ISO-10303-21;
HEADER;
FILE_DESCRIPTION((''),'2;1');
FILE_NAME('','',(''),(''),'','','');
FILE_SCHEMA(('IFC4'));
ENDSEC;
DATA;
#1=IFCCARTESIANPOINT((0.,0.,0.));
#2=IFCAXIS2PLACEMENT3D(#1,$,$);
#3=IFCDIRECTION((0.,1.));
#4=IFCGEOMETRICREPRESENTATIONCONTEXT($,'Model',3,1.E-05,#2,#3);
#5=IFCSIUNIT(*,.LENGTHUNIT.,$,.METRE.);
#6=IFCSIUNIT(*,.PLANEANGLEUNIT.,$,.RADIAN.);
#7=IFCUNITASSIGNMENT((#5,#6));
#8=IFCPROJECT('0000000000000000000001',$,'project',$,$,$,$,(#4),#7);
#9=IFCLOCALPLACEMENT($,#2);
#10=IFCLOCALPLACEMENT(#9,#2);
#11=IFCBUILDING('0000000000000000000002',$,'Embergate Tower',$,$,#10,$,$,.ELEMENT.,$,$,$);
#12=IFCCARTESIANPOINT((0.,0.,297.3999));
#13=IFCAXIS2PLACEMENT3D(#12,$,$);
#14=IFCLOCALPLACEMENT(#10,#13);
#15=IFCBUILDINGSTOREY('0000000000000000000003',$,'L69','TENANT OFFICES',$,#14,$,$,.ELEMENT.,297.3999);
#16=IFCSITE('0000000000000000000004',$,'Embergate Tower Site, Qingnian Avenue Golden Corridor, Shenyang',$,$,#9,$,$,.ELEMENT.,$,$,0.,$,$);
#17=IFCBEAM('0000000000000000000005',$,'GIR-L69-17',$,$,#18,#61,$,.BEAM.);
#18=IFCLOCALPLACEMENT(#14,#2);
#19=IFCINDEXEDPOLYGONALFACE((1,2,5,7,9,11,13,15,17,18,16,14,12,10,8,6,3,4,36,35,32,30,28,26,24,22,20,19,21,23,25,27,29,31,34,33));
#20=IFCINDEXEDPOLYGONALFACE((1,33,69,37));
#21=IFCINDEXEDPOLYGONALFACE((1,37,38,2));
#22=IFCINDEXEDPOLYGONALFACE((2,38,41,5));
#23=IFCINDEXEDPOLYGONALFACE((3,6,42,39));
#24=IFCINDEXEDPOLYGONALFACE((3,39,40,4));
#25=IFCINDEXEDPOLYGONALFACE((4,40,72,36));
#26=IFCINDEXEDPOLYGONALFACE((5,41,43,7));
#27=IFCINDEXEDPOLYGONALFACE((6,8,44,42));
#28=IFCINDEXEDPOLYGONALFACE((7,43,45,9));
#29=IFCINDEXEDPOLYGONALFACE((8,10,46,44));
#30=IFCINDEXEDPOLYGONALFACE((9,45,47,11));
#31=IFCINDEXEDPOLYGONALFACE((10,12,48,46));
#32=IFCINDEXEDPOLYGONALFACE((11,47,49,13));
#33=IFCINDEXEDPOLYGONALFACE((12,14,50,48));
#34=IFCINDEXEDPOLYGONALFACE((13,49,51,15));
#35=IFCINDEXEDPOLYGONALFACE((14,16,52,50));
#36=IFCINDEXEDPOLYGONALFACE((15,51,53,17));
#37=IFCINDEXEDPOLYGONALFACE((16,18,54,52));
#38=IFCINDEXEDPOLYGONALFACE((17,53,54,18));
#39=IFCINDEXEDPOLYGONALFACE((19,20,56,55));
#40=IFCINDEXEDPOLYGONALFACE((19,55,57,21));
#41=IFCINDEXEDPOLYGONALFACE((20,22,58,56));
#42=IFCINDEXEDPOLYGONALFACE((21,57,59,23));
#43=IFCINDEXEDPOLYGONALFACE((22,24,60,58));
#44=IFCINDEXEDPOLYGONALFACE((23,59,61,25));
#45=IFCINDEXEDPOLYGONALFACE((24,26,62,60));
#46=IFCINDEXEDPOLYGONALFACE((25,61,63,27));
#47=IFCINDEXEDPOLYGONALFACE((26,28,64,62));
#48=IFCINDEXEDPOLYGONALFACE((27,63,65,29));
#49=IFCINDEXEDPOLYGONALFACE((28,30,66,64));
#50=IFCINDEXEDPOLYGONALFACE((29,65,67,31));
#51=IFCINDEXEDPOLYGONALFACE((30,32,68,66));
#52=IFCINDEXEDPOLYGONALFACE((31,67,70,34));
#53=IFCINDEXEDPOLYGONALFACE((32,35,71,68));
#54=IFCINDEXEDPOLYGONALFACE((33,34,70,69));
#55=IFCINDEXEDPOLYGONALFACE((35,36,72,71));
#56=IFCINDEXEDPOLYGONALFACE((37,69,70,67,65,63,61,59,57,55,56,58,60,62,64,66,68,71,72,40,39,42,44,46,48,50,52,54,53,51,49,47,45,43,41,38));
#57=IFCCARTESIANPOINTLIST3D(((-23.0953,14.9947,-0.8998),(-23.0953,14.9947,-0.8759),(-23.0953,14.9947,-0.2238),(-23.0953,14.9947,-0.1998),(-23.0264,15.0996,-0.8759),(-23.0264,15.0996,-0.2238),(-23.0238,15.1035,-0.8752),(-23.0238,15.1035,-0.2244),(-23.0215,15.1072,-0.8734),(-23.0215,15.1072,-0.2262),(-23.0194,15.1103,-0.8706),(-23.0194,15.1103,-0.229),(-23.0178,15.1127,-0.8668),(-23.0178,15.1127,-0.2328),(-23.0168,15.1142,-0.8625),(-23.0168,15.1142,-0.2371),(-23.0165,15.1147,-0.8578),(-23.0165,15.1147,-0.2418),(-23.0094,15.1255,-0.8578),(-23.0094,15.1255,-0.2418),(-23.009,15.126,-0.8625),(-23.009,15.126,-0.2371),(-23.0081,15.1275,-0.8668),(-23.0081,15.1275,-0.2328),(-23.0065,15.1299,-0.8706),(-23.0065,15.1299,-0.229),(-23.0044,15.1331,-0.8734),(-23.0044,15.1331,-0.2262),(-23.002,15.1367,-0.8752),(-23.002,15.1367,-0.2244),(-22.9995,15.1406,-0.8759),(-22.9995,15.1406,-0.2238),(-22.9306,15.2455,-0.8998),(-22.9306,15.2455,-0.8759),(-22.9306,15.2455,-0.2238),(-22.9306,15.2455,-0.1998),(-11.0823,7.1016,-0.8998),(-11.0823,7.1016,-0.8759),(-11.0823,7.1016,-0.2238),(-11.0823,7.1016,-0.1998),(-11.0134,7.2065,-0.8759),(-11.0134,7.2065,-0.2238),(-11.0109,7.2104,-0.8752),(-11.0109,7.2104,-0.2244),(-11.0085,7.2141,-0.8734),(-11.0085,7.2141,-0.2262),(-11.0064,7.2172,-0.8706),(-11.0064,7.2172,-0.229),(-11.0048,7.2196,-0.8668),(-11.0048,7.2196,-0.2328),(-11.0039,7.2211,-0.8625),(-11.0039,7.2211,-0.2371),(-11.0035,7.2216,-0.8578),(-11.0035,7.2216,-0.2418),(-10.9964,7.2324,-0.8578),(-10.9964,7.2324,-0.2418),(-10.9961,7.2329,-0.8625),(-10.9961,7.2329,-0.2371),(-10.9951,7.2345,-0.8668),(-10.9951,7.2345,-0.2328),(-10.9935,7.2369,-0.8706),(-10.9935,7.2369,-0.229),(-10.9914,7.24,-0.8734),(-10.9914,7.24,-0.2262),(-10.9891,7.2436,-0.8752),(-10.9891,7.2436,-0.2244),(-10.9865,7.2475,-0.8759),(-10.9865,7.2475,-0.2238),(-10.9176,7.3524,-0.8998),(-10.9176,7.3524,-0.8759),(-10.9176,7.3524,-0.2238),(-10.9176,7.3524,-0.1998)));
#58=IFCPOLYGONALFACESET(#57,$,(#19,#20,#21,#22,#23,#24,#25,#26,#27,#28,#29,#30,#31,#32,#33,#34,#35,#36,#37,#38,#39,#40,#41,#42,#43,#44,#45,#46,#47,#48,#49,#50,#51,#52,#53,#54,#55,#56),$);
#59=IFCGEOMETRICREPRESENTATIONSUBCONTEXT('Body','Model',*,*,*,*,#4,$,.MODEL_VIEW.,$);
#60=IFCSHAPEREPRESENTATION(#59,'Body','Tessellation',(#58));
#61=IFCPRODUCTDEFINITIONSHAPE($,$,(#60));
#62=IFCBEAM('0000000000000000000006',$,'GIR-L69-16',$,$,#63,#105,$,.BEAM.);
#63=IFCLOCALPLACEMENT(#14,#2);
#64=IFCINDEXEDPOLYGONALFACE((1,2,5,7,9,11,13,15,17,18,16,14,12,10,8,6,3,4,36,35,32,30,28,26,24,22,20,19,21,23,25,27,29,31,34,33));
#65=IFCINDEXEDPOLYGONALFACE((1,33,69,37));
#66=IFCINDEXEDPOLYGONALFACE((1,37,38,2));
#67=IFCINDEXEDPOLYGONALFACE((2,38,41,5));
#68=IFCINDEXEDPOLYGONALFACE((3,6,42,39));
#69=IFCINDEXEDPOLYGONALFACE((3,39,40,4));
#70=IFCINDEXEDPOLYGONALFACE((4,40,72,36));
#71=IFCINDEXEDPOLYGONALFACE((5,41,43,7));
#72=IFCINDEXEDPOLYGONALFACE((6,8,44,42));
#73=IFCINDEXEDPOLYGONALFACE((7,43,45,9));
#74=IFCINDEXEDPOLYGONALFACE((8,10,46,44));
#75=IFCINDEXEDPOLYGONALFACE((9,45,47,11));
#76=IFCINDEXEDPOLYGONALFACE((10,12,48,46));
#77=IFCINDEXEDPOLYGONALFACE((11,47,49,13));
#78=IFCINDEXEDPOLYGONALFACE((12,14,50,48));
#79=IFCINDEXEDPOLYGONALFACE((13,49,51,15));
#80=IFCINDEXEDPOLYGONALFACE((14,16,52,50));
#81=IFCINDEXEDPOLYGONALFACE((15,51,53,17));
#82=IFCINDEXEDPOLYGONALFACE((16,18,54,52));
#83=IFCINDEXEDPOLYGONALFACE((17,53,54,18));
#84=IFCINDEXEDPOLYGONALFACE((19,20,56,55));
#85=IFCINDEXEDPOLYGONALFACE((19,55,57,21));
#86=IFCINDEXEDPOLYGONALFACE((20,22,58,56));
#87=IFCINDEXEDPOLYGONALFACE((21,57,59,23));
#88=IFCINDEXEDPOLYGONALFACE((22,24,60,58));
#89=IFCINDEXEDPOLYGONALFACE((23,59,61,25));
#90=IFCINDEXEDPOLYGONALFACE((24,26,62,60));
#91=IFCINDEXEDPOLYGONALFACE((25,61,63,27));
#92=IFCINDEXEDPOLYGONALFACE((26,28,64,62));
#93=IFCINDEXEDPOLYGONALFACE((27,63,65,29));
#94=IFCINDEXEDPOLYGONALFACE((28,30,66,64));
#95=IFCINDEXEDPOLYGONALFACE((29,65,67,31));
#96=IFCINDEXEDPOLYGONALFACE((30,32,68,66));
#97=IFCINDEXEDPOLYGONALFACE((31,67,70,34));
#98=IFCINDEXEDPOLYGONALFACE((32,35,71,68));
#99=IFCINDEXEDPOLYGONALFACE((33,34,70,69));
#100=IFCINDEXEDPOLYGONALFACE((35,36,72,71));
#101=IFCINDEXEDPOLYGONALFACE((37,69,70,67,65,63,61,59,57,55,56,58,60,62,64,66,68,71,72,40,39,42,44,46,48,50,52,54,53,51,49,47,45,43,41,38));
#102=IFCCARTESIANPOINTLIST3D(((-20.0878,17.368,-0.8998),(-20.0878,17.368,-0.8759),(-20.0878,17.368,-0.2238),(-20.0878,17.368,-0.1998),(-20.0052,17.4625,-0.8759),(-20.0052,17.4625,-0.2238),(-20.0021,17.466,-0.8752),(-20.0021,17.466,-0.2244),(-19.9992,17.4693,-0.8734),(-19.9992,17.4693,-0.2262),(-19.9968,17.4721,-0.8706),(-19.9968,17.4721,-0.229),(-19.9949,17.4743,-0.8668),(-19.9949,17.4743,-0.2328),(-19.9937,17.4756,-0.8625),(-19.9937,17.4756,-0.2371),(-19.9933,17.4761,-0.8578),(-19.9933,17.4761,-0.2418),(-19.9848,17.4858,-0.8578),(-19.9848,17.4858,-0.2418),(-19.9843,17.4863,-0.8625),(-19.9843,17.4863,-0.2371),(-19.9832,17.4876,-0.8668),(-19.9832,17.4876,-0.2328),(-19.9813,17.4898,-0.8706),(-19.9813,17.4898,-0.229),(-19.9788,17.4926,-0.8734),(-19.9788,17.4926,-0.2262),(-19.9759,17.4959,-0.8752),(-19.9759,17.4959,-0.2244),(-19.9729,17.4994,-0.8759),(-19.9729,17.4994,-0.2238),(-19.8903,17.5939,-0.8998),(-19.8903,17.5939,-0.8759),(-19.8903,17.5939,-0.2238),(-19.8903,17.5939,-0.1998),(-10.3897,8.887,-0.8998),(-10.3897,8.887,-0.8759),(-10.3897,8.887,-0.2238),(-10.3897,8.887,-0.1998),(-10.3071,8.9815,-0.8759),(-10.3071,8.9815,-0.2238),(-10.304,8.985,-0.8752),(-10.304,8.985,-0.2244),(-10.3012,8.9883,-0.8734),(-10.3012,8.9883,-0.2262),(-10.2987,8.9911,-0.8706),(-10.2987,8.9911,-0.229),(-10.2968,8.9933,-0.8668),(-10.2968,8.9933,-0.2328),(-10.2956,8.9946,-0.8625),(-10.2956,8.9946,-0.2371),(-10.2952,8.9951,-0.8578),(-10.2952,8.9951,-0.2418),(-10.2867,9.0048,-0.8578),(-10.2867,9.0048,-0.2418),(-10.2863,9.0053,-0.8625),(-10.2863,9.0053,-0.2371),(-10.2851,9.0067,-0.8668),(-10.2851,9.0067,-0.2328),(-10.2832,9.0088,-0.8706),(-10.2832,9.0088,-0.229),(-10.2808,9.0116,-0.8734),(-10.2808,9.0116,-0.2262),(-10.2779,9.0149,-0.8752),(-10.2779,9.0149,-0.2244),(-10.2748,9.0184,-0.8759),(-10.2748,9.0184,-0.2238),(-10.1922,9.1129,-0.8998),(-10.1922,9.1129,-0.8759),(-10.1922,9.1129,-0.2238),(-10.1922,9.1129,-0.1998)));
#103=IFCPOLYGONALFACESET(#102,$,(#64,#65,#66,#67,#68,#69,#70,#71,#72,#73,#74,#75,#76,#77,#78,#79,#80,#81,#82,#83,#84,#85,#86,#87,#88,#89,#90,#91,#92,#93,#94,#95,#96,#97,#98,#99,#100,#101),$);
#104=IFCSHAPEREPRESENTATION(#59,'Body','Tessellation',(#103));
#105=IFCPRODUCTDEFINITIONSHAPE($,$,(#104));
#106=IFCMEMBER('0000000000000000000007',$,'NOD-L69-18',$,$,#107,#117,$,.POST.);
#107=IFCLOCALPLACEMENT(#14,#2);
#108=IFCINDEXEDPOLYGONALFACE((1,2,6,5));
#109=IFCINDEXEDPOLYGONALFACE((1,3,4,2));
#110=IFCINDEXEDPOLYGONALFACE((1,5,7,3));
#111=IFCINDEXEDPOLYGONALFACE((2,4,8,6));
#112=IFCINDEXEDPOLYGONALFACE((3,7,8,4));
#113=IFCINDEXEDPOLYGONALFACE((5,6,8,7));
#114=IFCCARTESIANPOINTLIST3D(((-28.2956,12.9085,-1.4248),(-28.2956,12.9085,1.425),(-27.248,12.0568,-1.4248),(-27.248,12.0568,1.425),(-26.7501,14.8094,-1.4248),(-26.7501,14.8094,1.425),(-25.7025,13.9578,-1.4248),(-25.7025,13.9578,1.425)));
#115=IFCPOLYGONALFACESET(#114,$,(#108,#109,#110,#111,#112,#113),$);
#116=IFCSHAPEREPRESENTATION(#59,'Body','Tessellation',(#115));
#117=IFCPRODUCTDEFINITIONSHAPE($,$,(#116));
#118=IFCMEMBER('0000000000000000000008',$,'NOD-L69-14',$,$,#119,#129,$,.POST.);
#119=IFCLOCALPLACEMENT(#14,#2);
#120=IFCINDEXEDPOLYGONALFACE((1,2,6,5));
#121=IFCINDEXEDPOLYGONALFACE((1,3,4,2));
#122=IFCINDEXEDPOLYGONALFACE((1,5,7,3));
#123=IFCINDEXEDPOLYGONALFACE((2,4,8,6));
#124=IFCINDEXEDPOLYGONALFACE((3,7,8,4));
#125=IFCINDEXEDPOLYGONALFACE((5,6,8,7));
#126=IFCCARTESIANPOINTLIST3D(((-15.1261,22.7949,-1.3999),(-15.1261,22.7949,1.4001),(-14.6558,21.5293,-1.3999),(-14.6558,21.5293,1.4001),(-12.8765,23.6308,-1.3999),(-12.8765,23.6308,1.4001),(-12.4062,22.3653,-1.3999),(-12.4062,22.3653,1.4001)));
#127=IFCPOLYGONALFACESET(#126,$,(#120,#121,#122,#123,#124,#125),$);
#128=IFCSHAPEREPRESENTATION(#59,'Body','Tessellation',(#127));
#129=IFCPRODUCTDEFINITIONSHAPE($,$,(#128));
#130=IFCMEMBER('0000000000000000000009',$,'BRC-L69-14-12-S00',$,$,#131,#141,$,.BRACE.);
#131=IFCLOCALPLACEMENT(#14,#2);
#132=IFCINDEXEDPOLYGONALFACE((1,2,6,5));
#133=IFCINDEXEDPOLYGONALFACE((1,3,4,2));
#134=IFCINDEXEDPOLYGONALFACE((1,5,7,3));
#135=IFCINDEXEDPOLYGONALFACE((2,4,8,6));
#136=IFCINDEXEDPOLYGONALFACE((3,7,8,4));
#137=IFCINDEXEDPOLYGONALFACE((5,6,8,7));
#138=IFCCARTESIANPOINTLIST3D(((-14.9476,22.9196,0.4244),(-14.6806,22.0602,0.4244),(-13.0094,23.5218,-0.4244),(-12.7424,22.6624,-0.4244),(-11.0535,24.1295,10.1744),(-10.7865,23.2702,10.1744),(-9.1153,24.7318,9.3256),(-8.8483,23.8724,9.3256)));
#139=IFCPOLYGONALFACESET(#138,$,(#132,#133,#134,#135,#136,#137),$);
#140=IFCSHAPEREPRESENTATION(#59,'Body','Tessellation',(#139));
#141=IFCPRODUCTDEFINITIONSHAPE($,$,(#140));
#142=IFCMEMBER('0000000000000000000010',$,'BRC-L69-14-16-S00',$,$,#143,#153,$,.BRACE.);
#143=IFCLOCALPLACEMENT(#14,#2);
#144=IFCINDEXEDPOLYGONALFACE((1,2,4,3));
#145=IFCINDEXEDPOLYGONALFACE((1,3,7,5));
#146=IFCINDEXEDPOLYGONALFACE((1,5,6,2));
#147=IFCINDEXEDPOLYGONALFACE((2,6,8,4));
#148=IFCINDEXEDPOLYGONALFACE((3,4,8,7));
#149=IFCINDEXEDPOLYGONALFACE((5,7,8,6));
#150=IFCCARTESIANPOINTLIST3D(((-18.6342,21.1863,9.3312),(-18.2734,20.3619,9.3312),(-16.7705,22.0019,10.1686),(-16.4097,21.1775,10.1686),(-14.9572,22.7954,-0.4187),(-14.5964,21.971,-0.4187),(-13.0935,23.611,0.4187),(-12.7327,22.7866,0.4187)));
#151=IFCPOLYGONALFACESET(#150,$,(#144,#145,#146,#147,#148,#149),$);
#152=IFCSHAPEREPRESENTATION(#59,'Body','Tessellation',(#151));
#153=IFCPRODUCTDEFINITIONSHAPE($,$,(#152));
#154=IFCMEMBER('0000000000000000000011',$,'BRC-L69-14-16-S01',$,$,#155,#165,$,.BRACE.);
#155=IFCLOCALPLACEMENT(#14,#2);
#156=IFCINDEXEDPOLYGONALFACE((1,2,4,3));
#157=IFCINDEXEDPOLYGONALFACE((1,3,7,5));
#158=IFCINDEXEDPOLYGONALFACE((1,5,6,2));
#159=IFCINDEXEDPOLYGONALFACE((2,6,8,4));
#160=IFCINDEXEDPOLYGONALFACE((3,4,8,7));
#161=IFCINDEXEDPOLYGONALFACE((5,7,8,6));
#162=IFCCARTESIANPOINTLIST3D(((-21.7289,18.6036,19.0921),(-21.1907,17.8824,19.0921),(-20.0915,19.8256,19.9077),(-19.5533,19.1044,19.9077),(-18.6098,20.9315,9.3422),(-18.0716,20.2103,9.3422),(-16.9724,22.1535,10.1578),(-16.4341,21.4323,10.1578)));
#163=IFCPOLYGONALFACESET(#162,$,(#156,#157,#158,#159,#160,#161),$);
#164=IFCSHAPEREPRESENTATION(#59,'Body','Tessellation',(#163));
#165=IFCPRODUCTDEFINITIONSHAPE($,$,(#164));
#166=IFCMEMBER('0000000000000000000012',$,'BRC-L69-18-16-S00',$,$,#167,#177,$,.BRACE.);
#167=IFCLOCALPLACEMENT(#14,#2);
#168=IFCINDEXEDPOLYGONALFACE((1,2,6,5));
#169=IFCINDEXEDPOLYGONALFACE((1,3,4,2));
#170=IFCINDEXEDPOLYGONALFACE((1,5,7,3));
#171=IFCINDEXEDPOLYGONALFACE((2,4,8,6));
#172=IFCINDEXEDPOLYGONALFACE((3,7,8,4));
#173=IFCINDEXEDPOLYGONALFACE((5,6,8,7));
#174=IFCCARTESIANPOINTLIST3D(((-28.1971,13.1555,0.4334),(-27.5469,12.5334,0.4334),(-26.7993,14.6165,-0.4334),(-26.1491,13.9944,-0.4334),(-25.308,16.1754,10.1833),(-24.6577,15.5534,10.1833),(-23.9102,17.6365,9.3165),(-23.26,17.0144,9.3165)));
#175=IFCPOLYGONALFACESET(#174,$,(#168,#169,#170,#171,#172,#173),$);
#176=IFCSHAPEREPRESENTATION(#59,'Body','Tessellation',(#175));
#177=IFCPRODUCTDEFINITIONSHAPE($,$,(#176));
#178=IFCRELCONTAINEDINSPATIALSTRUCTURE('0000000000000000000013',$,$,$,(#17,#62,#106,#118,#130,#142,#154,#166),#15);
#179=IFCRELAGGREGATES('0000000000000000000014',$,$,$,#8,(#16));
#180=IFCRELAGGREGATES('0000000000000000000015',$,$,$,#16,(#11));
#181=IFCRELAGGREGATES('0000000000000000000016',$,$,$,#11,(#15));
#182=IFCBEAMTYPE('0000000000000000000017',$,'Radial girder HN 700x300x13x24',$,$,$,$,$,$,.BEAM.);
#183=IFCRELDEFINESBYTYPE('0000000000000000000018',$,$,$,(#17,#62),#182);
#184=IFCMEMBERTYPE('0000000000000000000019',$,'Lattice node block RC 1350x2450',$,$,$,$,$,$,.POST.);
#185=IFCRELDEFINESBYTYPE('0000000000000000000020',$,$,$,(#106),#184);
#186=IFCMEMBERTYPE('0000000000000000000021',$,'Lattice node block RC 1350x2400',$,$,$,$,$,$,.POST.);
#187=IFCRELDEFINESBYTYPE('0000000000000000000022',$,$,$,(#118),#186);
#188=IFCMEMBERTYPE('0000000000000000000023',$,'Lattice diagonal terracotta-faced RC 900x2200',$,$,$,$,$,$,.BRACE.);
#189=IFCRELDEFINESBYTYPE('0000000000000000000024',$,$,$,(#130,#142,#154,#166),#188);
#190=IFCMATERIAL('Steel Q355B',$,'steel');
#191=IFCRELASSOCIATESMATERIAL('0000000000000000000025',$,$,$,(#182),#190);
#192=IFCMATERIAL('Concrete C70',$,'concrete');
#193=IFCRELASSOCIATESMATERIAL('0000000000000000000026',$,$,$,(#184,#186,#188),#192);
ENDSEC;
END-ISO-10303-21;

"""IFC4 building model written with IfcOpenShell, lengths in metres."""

from ifc_helpers import new_model, si_unit, direction, frame, origin, origin_2d, place, context, subcontext, project, spatial, rectangle, i_section, extrude, source, transform, mapped, material, material_profile, profile_set, type_object, element, save


model = new_model("IFC4")

# Units and contexts
model_context = context("Model", 3, precision=1e-05, world=origin(), true_north=direction((0.0, 1.0)))
body_context = subcontext(model_context, "Body", "Model", "MODEL_VIEW")
ifc_project = project(units=[si_unit("LENGTHUNIT", "METRE"), si_unit("PLANEANGLEUNIT", "RADIAN")], contexts=[model_context])

# Site, building, storey
site_placement = place(None, origin())
site = spatial("IfcSite", under=ifc_project, at=site_placement, Name="Embergate Tower Site, Qingnian Avenue Golden Corridor, Shenyang", CompositionType="ELEMENT", RefElevation=0.0)
building_placement = place(site_placement, origin())
building = spatial("IfcBuilding", under=site, at=building_placement, Name="Embergate Tower", CompositionType="ELEMENT")
storey_placement = place(building_placement, frame((0.0, 0.0, 297.3999)))
storey = spatial("IfcBuildingStorey", under=building, at=storey_placement, Name="L69", Description="TENANT OFFICES", CompositionType="ELEMENT", Elevation=297.3999)

# Beams
ifc_material_1 = material(Name="Steel Q355B", Category="steel")
ifc_material_profile_1 = material_profile(ifc_material_1, i_section(OverallWidth=0.3, OverallDepth=0.7, WebThickness=0.0129, FlangeThickness=0.0239, FilletRadius=0.0181, at=origin_2d()), Name="HN 700x300x13x24")
ifc_profile_set_1 = profile_set([ifc_material_profile_1], Name="Steel Q355 grade B")
beam_type_1 = type_object("IfcBeamType", Name="Radial girder HN 700x300x13x24", PredefinedType="BEAM", material=ifc_profile_set_1)
shared_shape_1 = source(origin(), body_context, "Body", "SweptSolid", [
    extrude(i_section(OverallWidth=0.3, OverallDepth=0.7, WebThickness=0.0129, FlangeThickness=0.0239, FilletRadius=0.0181, at=origin_2d()), origin(), (0.0, 0.0, 1.0), 14.374),
])
beam_1_placement = place(storey_placement, frame((-23.0129, 15.1201, -0.5498), z_axis=(0.835742, -0.549122, 0.0), x_axis=(0.549122, 0.835742, 0.0)))
element("IfcBeam", 1, at=beam_1_placement, inside=storey, type_object=beam_type_1, Name="GIR-L69-17", PredefinedType="BEAM", context=body_context, shape_type="MappedRepresentation", body=[
    mapped(shared_shape_1, transform((0.0, 0.0, 0.0))),
])
shared_shape_2 = source(origin(), body_context, "Body", "SweptSolid", [
    extrude(i_section(OverallWidth=0.3, OverallDepth=0.7, WebThickness=0.0129, FlangeThickness=0.0239, FilletRadius=0.0181, at=origin_2d()), origin(), (0.0, 0.0, 1.0), 12.8833),
])
beam_2_placement = place(storey_placement, frame((-19.989, 17.481, -0.5498), z_axis=(0.752761, -0.658294, 0.0), x_axis=(0.658294, 0.752761, 0.0)))
element("IfcBeam", 2, at=beam_2_placement, inside=storey, type_object=beam_type_1, Name="GIR-L69-16", PredefinedType="BEAM", context=body_context, shape_type="MappedRepresentation", body=[
    mapped(shared_shape_2, transform((0.0, 0.0, 0.0))),
])

# Members
ifc_material_2 = material(Name="Concrete C70", Category="concrete")
ifc_material_profile_2 = material_profile(ifc_material_2, rectangle(XDim=1.3501, YDim=2.45, at=origin_2d()), Name="RC 1350x2450")
ifc_profile_set_2 = profile_set([ifc_material_profile_2], Name="Concrete C70")
member_type_1 = type_object("IfcMemberType", Name="Lattice node block RC 1350x2450", PredefinedType="POST", material=ifc_profile_set_2)
shared_shape_3 = source(origin(), body_context, "Body", "SweptSolid", [
    extrude(rectangle(XDim=1.3501, YDim=2.45, at=origin_2d()), origin(), (0.0, 0.0, 1.0), 2.8499),
])
member_1_placement = place(storey_placement, frame((-26.999, 13.4331, -1.4248), z_axis=(0.0, 0.0, 1.0), x_axis=(-0.775925, 0.630825, 0.0)))
element("IfcMember", 3, at=member_1_placement, inside=storey, type_object=member_type_1, Name="NOD-L69-18", PredefinedType="POST", context=body_context, shape_type="MappedRepresentation", body=[
    mapped(shared_shape_3, transform((0.0, 0.0, 0.0))),
])
ifc_material_profile_3 = material_profile(ifc_material_2, rectangle(XDim=1.3501, YDim=2.3999, at=origin_2d()), Name="RC 1350x2400")
ifc_profile_set_3 = profile_set([ifc_material_profile_3], Name="Concrete C70")
member_type_2 = type_object("IfcMemberType", Name="Lattice node block RC 1350x2400", PredefinedType="POST", material=ifc_profile_set_3)
shared_shape_4 = source(origin(), body_context, "Body", "SweptSolid", [
    extrude(rectangle(XDim=1.3501, YDim=2.3999, at=origin_2d()), origin(), (0.0, 0.0, 1.0), 2.8),
])
member_2_placement = place(storey_placement, frame((-13.7661, 22.5801, -1.3999), z_axis=(0.0, 0.0, 1.0), x_axis=(-0.348343, 0.937367, 0.0)))
element("IfcMember", 4, at=member_2_placement, inside=storey, type_object=member_type_2, Name="NOD-L69-14", PredefinedType="POST", context=body_context, shape_type="MappedRepresentation", body=[
    mapped(shared_shape_4, transform((0.0, 0.0, 0.0))),
])
ifc_material_profile_4 = material_profile(ifc_material_2, rectangle(XDim=0.8999, YDim=2.2, at=origin_2d()), Name="RC 900x2200")
ifc_profile_set_4 = profile_set([ifc_material_profile_4], Name="Concrete C70")
member_type_3 = type_object("IfcMemberType", Name="Lattice diagonal terracotta-faced RC 900x2200", PredefinedType="BRACE", material=ifc_profile_set_4)
shared_shape_5 = source(origin(), body_context, "Body", "SweptSolid", [
    extrude(rectangle(XDim=0.8999, YDim=2.2, at=origin_2d()), origin(), (0.0, 0.0, 1.0), 10.5684),
])
member_3_placement = place(storey_placement, frame((-13.845, 22.791, 0.0), z_axis=(0.368463, 0.114489, 0.922566), x_axis=(-0.296727, 0.954962, 0.0)))
element("IfcMember", 5, at=member_3_placement, inside=storey, type_object=member_type_3, Name="BRC-L69-14-12-S00", PredefinedType="BRACE", context=body_context, shape_type="MappedRepresentation", body=[
    mapped(shared_shape_5, transform((0.0, 0.0, 0.0))),
])
shared_shape_6 = source(origin(), body_context, "Body", "SweptSolid", [
    extrude(rectangle(XDim=0.8999, YDim=2.2, at=origin_2d()), origin(), (0.0, 0.0, 1.0), 10.5437),
])
member_4_placement = place(storey_placement, frame((-13.845, 22.791, 0.0), z_axis=(-0.348735, -0.152614, 0.924712), x_axis=(0.400911, -0.916117, 0.0)))
element("IfcMember", 6, at=member_4_placement, inside=storey, type_object=member_type_3, Name="BRC-L69-14-16-S00", PredefinedType="BRACE", context=body_context, shape_type="MappedRepresentation", body=[
    mapped(shared_shape_6, transform((0.0, 0.0, 0.0))),
])
shared_shape_7 = source(origin(), body_context, "Body", "SweptSolid", [
    extrude(rectangle(XDim=0.8999, YDim=2.2, at=origin_2d()), origin(), (0.0, 0.0, 1.0), 10.498),
])
member_5_placement = place(storey_placement, frame((-17.522, 21.1819, 9.75), z_axis=(-0.297114, -0.221743, 0.928738), x_axis=(0.598111, -0.801413, 0.0)))
element("IfcMember", 7, at=member_5_placement, inside=storey, type_object=member_type_3, Name="BRC-L69-14-16-S01", PredefinedType="BRACE", context=body_context, shape_type="MappedRepresentation", body=[
    mapped(shared_shape_7, transform((0.0, 0.0, 0.0))),
])
shared_shape_8 = source(origin(), body_context, "Body", "SweptSolid", [
    extrude(rectangle(XDim=0.8999, YDim=2.2, at=origin_2d()), origin(), (0.0, 0.0, 1.0), 10.6079),
])
member_6_placement = place(storey_placement, frame((-27.1731, 13.575, 0.0), z_axis=(0.272356, 0.284692, 0.919115), x_axis=(-0.722589, 0.691278, 0.0)))
element("IfcMember", 8, at=member_6_placement, inside=storey, type_object=member_type_3, Name="BRC-L69-18-16-S00", PredefinedType="BRACE", context=body_context, shape_type="MappedRepresentation", body=[
    mapped(shared_shape_8, transform((0.0, 0.0, 0.0))),
])

save(model, "model.ifc")
